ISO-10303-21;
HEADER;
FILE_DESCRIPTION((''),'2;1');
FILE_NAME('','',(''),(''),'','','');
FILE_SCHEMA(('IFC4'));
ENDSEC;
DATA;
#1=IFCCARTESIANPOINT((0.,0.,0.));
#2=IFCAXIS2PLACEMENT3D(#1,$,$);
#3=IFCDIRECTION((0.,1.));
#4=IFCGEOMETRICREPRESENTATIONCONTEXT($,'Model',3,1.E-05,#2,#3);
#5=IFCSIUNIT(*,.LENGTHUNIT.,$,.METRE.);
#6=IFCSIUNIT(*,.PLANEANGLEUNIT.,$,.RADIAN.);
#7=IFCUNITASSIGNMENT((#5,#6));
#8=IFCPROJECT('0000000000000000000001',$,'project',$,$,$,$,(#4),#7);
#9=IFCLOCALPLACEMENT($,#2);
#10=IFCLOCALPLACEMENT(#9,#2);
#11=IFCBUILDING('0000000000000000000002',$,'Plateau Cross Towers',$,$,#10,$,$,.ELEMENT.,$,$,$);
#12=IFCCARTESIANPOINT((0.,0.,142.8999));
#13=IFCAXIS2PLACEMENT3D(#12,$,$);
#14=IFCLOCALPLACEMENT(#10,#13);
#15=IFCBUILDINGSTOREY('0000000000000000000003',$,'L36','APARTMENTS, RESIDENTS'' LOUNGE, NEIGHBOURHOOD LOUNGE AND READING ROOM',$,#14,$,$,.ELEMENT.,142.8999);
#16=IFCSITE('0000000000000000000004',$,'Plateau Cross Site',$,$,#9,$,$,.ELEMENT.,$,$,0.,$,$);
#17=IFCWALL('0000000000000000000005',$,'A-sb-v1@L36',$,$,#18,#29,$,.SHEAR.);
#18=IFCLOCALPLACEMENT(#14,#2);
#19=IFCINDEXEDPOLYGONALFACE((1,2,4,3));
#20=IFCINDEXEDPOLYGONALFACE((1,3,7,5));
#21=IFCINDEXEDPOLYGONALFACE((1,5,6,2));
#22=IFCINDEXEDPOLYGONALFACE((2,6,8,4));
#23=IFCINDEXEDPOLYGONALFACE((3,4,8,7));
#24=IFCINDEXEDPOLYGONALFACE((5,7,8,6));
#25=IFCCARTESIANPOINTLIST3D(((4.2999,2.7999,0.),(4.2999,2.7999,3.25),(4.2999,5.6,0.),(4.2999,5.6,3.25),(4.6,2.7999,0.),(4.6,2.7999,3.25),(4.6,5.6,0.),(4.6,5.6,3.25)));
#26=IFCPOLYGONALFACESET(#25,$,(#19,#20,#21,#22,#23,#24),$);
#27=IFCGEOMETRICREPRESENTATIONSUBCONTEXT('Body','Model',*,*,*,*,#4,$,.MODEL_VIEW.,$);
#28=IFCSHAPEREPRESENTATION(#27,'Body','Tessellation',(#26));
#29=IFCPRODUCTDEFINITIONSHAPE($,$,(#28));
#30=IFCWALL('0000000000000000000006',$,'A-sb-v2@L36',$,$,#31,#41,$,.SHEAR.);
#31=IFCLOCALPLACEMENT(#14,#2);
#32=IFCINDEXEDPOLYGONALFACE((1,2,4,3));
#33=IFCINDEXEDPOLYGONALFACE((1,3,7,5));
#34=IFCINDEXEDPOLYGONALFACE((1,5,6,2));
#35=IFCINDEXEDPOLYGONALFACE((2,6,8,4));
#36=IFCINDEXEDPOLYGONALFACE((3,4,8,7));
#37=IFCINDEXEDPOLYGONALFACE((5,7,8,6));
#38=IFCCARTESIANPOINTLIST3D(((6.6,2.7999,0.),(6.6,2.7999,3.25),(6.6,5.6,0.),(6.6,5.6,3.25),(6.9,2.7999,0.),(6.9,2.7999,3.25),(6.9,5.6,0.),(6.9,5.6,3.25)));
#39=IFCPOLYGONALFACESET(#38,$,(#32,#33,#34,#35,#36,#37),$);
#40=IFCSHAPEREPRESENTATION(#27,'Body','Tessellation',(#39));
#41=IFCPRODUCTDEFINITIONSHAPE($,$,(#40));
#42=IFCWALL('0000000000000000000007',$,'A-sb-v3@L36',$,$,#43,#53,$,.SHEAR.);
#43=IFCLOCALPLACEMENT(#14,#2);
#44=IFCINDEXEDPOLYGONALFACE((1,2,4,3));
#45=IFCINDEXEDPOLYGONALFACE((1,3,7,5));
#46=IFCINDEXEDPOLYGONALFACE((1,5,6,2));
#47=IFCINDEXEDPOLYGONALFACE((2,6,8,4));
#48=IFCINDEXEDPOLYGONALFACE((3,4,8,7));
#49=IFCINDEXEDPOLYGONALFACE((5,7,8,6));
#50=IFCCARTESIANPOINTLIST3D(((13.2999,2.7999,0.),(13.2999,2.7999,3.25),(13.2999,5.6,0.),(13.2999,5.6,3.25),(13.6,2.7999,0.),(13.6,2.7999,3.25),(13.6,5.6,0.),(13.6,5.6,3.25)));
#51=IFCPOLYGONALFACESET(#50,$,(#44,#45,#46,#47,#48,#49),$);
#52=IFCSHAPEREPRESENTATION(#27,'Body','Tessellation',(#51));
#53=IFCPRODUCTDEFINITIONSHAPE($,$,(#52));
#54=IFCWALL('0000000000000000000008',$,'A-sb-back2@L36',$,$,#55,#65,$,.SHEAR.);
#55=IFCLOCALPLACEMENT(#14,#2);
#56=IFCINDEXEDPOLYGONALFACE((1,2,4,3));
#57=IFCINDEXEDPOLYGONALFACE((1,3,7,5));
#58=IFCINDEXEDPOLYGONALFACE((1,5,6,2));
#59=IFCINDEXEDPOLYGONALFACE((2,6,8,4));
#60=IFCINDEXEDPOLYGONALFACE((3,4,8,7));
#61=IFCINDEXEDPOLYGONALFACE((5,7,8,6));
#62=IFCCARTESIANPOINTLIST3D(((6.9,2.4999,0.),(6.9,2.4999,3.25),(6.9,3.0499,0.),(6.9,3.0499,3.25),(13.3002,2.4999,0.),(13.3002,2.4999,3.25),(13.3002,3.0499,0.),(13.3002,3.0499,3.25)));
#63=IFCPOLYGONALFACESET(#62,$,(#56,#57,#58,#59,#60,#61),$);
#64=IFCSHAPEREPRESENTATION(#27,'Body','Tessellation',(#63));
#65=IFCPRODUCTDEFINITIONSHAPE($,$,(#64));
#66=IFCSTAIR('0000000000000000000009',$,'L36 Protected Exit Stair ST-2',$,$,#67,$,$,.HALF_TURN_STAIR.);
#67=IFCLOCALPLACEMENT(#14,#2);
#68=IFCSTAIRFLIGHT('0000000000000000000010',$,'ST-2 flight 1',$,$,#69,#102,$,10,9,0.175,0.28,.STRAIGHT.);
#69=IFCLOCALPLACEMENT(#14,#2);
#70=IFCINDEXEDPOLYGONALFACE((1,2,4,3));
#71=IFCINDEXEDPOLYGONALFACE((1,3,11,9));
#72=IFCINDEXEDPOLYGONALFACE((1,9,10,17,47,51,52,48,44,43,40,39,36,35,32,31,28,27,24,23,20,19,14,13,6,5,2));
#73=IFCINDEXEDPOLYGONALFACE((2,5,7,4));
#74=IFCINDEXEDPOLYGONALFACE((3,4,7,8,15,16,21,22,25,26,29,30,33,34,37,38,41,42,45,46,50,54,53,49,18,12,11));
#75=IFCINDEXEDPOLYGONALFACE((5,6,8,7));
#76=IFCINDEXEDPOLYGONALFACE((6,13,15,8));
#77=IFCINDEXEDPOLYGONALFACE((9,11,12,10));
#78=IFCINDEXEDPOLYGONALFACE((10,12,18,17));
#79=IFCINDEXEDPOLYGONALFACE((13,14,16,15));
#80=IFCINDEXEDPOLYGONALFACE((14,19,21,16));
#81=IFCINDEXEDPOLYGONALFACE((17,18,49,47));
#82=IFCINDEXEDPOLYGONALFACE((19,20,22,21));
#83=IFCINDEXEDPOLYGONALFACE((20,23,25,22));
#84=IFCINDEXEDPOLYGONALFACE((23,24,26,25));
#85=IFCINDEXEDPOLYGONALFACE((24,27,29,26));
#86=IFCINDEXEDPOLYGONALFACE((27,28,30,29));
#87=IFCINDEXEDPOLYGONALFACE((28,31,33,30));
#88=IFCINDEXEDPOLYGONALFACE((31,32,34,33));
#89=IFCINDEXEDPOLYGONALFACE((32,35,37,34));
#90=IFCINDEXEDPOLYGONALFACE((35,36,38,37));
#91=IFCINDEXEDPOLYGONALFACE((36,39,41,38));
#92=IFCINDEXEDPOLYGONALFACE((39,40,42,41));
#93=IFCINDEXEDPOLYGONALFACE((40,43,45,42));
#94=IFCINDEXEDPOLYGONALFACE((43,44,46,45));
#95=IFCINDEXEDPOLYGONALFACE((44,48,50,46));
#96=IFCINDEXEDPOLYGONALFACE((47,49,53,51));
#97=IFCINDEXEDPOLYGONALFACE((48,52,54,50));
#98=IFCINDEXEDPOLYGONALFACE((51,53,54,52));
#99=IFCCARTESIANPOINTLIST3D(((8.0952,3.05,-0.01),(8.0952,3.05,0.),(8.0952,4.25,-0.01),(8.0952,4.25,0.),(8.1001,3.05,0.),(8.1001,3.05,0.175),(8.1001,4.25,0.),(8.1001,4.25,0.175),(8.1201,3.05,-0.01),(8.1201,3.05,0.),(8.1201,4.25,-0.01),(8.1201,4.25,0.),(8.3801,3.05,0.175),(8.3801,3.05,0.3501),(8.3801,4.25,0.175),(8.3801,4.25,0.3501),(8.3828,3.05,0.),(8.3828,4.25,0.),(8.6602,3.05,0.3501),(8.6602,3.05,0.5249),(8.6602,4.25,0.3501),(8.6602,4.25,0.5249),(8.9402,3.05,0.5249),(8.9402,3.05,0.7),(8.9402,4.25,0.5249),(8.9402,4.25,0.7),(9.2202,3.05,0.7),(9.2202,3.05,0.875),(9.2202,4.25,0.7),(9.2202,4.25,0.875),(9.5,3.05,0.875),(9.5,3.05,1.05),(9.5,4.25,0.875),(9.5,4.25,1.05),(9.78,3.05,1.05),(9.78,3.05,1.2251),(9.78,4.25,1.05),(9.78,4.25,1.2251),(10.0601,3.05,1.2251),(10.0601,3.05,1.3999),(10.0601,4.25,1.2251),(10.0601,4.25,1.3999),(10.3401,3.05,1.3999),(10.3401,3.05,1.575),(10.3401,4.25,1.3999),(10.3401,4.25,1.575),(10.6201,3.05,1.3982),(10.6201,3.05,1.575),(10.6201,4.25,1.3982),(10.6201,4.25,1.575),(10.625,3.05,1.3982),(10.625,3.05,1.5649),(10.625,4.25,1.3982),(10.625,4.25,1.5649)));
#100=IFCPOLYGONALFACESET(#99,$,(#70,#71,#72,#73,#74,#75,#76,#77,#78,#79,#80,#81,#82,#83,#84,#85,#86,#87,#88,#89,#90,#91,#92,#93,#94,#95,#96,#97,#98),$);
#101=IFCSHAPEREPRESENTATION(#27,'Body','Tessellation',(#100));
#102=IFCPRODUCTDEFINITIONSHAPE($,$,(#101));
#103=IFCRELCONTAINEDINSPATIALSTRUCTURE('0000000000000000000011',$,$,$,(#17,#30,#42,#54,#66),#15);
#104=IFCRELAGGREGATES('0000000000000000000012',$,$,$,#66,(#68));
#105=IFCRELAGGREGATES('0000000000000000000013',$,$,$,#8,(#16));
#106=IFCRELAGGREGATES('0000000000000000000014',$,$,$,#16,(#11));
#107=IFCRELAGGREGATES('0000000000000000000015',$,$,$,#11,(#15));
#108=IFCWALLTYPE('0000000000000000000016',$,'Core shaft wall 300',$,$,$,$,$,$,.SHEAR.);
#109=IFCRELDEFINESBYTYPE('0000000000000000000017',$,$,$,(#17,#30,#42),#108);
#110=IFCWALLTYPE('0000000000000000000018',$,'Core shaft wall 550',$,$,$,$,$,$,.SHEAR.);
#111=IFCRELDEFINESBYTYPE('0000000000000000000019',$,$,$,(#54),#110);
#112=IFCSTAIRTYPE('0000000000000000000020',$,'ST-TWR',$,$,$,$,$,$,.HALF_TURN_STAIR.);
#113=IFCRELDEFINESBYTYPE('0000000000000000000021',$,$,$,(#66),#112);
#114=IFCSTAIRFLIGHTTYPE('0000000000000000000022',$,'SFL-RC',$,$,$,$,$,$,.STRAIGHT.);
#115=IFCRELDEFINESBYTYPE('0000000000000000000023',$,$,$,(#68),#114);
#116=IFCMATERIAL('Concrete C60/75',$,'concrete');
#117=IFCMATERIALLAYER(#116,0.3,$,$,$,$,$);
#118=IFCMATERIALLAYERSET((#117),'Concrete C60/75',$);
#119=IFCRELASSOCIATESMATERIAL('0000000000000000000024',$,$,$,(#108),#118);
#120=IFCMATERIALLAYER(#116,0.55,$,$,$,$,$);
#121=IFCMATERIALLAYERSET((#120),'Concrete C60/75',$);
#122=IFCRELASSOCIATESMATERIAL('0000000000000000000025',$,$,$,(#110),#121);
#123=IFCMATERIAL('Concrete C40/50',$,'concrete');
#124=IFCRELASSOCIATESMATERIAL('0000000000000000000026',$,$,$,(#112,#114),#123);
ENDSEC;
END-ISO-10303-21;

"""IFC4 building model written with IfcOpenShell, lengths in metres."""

from ifc_helpers import new_model, si_unit, direction, frame, frame_2d, origin, place, context, subcontext, project, spatial, polyline, rectangle, outline, extrude, material, layer, layer_set, type_object, element, aggregate, save


model = new_model("IFC4")

# Units and contexts
model_context = context("Model", 3, precision=1e-05, world=origin(), true_north=direction((0.0, 1.0)))
body_context = subcontext(model_context, "Body", "Model", "MODEL_VIEW")
ifc_project = project(units=[si_unit("LENGTHUNIT", "METRE"), si_unit("PLANEANGLEUNIT", "RADIAN")], contexts=[model_context])

# Site, building, storey
site_placement = place(None, origin())
site = spatial("IfcSite", under=ifc_project, at=site_placement, Name="Plateau Cross Site", CompositionType="ELEMENT", RefElevation=0.0)
building_placement = place(site_placement, origin())
building = spatial("IfcBuilding", under=site, at=building_placement, Name="Plateau Cross Towers", CompositionType="ELEMENT")
storey_placement = place(building_placement, frame((0.0, 0.0, 142.8999)))
storey = spatial("IfcBuildingStorey", under=building, at=storey_placement, Name="L36", Description="APARTMENTS, RESIDENTS' LOUNGE, NEIGHBOURHOOD LOUNGE AND READING ROOM", CompositionType="ELEMENT", Elevation=142.8999)

# Walls
ifc_material_1 = material(Name="Concrete C60/75", Category="concrete")
ifc_layer_1 = layer(ifc_material_1, 0.3)
ifc_layer_set_1 = layer_set([ifc_layer_1], Name="Concrete C60/75")
wall_type_1 = type_object("IfcWallType", Name="Core shaft wall 300", PredefinedType="SHEAR", material=ifc_layer_set_1)
for number, where, z_axis, x_axis, name in (
    (1, (4.45, 2.8, 0.0), (0.0, 0.0, 1.0), (0.0, 1.0, 0.0), "A-sb-v1@L36"),
    (2, (6.75, 2.8, 0.0), (0.0, 0.0, 1.0), (0.0, 1.0, 0.0), "A-sb-v2@L36"),
    (3, (13.45, 2.8, 0.0), (0.0, 0.0, 1.0), (0.0, 1.0, 0.0), "A-sb-v3@L36"),
):
    element("IfcWall", number, at=place(storey_placement, frame(where, z_axis=z_axis, x_axis=x_axis)), inside=storey, type_object=wall_type_1, Name=name, PredefinedType="SHEAR", context=body_context, shape_type="SweptSolid", body=[
        extrude(rectangle(XDim=2.8, YDim=0.3, at=frame_2d((1.3999, 0.0))), origin(), (0.0, 0.0, 1.0), 3.25),
    ])
ifc_layer_2 = layer(ifc_material_1, 0.55)
ifc_layer_set_2 = layer_set([ifc_layer_2], Name="Concrete C60/75")
wall_type_2 = type_object("IfcWallType", Name="Core shaft wall 550", PredefinedType="SHEAR", material=ifc_layer_set_2)
wall_1_placement = place(storey_placement, frame((6.8999, 2.7749, 0.0), z_axis=(0.0, 0.0, 1.0), x_axis=(1.0, 0.0, 0.0)))
element("IfcWall", 4, at=wall_1_placement, inside=storey, type_object=wall_type_2, Name="A-sb-back2@L36", PredefinedType="SHEAR", context=body_context, shape_type="SweptSolid", body=[
    extrude(rectangle(XDim=6.4001, YDim=0.55, at=frame_2d((3.2002, 0.0))), origin(), (0.0, 0.0, 1.0), 3.25),
])

# Stair, stair flight
ifc_material_2 = material(Name="Concrete C40/50", Category="concrete")
stair_type = type_object("IfcStairType", Name="ST-TWR", PredefinedType="HALF_TURN_STAIR", material=ifc_material_2)
stair_placement = place(storey_placement, origin())
stair = element("IfcStair", 5, at=stair_placement, inside=storey, type_object=stair_type, Name="L36 Protected Exit Stair ST-2", PredefinedType="HALF_TURN_STAIR")
stair_flight_type = type_object("IfcStairFlightType", Name="SFL-RC", PredefinedType="STRAIGHT", material=ifc_material_2)
stair_flight_placement = place(storey_placement, frame((8.1001, 3.6499, 0.0), z_axis=(0.0, 0.0, 1.0), x_axis=(1.0, 0.0, 0.0)))
stair_flight = element("IfcStairFlight", 6, at=stair_flight_placement, type_object=stair_flight_type, Name="ST-2 flight 1", NumberOfRisers=10, NumberOfTreads=9, PredefinedType="STRAIGHT", RiserHeight=0.175, TreadLength=0.28, context=body_context, shape_type="SweptSolid", body=[
    extrude(outline(polyline([(-0.0049, -0.01), (-0.0049, 0.0), (0.0, 0.0), (0.0, 0.175), (0.28, 0.175), (0.28, 0.3501), (0.5601, 0.3501), (0.5601, 0.5249), (0.8401, 0.5249), (0.8401, 0.7), (1.1201, 0.7), (1.1201, 0.875), (1.3999, 0.875), (1.3999, 1.05), (1.6799, 1.05), (1.6799, 1.2251), (1.96, 1.2251), (1.96, 1.3999), (2.24, 1.3999), (2.24, 1.575), (2.52, 1.575), (2.5249, 1.5649), (2.5249, 1.3982), (2.52, 1.3982), (0.2827, 0.0), (0.02, 0.0), (0.02, -0.01), (-0.0049, -0.01)])), frame((0.0, 0.6001, 0.0), z_axis=(0.0, -1.0, 0.0), x_axis=(1.0, 0.0, 0.0)), (0.0, 0.0, 1.0), 1.2),
])
aggregate(stair, [stair_flight])

save(model, "model.ifc")
